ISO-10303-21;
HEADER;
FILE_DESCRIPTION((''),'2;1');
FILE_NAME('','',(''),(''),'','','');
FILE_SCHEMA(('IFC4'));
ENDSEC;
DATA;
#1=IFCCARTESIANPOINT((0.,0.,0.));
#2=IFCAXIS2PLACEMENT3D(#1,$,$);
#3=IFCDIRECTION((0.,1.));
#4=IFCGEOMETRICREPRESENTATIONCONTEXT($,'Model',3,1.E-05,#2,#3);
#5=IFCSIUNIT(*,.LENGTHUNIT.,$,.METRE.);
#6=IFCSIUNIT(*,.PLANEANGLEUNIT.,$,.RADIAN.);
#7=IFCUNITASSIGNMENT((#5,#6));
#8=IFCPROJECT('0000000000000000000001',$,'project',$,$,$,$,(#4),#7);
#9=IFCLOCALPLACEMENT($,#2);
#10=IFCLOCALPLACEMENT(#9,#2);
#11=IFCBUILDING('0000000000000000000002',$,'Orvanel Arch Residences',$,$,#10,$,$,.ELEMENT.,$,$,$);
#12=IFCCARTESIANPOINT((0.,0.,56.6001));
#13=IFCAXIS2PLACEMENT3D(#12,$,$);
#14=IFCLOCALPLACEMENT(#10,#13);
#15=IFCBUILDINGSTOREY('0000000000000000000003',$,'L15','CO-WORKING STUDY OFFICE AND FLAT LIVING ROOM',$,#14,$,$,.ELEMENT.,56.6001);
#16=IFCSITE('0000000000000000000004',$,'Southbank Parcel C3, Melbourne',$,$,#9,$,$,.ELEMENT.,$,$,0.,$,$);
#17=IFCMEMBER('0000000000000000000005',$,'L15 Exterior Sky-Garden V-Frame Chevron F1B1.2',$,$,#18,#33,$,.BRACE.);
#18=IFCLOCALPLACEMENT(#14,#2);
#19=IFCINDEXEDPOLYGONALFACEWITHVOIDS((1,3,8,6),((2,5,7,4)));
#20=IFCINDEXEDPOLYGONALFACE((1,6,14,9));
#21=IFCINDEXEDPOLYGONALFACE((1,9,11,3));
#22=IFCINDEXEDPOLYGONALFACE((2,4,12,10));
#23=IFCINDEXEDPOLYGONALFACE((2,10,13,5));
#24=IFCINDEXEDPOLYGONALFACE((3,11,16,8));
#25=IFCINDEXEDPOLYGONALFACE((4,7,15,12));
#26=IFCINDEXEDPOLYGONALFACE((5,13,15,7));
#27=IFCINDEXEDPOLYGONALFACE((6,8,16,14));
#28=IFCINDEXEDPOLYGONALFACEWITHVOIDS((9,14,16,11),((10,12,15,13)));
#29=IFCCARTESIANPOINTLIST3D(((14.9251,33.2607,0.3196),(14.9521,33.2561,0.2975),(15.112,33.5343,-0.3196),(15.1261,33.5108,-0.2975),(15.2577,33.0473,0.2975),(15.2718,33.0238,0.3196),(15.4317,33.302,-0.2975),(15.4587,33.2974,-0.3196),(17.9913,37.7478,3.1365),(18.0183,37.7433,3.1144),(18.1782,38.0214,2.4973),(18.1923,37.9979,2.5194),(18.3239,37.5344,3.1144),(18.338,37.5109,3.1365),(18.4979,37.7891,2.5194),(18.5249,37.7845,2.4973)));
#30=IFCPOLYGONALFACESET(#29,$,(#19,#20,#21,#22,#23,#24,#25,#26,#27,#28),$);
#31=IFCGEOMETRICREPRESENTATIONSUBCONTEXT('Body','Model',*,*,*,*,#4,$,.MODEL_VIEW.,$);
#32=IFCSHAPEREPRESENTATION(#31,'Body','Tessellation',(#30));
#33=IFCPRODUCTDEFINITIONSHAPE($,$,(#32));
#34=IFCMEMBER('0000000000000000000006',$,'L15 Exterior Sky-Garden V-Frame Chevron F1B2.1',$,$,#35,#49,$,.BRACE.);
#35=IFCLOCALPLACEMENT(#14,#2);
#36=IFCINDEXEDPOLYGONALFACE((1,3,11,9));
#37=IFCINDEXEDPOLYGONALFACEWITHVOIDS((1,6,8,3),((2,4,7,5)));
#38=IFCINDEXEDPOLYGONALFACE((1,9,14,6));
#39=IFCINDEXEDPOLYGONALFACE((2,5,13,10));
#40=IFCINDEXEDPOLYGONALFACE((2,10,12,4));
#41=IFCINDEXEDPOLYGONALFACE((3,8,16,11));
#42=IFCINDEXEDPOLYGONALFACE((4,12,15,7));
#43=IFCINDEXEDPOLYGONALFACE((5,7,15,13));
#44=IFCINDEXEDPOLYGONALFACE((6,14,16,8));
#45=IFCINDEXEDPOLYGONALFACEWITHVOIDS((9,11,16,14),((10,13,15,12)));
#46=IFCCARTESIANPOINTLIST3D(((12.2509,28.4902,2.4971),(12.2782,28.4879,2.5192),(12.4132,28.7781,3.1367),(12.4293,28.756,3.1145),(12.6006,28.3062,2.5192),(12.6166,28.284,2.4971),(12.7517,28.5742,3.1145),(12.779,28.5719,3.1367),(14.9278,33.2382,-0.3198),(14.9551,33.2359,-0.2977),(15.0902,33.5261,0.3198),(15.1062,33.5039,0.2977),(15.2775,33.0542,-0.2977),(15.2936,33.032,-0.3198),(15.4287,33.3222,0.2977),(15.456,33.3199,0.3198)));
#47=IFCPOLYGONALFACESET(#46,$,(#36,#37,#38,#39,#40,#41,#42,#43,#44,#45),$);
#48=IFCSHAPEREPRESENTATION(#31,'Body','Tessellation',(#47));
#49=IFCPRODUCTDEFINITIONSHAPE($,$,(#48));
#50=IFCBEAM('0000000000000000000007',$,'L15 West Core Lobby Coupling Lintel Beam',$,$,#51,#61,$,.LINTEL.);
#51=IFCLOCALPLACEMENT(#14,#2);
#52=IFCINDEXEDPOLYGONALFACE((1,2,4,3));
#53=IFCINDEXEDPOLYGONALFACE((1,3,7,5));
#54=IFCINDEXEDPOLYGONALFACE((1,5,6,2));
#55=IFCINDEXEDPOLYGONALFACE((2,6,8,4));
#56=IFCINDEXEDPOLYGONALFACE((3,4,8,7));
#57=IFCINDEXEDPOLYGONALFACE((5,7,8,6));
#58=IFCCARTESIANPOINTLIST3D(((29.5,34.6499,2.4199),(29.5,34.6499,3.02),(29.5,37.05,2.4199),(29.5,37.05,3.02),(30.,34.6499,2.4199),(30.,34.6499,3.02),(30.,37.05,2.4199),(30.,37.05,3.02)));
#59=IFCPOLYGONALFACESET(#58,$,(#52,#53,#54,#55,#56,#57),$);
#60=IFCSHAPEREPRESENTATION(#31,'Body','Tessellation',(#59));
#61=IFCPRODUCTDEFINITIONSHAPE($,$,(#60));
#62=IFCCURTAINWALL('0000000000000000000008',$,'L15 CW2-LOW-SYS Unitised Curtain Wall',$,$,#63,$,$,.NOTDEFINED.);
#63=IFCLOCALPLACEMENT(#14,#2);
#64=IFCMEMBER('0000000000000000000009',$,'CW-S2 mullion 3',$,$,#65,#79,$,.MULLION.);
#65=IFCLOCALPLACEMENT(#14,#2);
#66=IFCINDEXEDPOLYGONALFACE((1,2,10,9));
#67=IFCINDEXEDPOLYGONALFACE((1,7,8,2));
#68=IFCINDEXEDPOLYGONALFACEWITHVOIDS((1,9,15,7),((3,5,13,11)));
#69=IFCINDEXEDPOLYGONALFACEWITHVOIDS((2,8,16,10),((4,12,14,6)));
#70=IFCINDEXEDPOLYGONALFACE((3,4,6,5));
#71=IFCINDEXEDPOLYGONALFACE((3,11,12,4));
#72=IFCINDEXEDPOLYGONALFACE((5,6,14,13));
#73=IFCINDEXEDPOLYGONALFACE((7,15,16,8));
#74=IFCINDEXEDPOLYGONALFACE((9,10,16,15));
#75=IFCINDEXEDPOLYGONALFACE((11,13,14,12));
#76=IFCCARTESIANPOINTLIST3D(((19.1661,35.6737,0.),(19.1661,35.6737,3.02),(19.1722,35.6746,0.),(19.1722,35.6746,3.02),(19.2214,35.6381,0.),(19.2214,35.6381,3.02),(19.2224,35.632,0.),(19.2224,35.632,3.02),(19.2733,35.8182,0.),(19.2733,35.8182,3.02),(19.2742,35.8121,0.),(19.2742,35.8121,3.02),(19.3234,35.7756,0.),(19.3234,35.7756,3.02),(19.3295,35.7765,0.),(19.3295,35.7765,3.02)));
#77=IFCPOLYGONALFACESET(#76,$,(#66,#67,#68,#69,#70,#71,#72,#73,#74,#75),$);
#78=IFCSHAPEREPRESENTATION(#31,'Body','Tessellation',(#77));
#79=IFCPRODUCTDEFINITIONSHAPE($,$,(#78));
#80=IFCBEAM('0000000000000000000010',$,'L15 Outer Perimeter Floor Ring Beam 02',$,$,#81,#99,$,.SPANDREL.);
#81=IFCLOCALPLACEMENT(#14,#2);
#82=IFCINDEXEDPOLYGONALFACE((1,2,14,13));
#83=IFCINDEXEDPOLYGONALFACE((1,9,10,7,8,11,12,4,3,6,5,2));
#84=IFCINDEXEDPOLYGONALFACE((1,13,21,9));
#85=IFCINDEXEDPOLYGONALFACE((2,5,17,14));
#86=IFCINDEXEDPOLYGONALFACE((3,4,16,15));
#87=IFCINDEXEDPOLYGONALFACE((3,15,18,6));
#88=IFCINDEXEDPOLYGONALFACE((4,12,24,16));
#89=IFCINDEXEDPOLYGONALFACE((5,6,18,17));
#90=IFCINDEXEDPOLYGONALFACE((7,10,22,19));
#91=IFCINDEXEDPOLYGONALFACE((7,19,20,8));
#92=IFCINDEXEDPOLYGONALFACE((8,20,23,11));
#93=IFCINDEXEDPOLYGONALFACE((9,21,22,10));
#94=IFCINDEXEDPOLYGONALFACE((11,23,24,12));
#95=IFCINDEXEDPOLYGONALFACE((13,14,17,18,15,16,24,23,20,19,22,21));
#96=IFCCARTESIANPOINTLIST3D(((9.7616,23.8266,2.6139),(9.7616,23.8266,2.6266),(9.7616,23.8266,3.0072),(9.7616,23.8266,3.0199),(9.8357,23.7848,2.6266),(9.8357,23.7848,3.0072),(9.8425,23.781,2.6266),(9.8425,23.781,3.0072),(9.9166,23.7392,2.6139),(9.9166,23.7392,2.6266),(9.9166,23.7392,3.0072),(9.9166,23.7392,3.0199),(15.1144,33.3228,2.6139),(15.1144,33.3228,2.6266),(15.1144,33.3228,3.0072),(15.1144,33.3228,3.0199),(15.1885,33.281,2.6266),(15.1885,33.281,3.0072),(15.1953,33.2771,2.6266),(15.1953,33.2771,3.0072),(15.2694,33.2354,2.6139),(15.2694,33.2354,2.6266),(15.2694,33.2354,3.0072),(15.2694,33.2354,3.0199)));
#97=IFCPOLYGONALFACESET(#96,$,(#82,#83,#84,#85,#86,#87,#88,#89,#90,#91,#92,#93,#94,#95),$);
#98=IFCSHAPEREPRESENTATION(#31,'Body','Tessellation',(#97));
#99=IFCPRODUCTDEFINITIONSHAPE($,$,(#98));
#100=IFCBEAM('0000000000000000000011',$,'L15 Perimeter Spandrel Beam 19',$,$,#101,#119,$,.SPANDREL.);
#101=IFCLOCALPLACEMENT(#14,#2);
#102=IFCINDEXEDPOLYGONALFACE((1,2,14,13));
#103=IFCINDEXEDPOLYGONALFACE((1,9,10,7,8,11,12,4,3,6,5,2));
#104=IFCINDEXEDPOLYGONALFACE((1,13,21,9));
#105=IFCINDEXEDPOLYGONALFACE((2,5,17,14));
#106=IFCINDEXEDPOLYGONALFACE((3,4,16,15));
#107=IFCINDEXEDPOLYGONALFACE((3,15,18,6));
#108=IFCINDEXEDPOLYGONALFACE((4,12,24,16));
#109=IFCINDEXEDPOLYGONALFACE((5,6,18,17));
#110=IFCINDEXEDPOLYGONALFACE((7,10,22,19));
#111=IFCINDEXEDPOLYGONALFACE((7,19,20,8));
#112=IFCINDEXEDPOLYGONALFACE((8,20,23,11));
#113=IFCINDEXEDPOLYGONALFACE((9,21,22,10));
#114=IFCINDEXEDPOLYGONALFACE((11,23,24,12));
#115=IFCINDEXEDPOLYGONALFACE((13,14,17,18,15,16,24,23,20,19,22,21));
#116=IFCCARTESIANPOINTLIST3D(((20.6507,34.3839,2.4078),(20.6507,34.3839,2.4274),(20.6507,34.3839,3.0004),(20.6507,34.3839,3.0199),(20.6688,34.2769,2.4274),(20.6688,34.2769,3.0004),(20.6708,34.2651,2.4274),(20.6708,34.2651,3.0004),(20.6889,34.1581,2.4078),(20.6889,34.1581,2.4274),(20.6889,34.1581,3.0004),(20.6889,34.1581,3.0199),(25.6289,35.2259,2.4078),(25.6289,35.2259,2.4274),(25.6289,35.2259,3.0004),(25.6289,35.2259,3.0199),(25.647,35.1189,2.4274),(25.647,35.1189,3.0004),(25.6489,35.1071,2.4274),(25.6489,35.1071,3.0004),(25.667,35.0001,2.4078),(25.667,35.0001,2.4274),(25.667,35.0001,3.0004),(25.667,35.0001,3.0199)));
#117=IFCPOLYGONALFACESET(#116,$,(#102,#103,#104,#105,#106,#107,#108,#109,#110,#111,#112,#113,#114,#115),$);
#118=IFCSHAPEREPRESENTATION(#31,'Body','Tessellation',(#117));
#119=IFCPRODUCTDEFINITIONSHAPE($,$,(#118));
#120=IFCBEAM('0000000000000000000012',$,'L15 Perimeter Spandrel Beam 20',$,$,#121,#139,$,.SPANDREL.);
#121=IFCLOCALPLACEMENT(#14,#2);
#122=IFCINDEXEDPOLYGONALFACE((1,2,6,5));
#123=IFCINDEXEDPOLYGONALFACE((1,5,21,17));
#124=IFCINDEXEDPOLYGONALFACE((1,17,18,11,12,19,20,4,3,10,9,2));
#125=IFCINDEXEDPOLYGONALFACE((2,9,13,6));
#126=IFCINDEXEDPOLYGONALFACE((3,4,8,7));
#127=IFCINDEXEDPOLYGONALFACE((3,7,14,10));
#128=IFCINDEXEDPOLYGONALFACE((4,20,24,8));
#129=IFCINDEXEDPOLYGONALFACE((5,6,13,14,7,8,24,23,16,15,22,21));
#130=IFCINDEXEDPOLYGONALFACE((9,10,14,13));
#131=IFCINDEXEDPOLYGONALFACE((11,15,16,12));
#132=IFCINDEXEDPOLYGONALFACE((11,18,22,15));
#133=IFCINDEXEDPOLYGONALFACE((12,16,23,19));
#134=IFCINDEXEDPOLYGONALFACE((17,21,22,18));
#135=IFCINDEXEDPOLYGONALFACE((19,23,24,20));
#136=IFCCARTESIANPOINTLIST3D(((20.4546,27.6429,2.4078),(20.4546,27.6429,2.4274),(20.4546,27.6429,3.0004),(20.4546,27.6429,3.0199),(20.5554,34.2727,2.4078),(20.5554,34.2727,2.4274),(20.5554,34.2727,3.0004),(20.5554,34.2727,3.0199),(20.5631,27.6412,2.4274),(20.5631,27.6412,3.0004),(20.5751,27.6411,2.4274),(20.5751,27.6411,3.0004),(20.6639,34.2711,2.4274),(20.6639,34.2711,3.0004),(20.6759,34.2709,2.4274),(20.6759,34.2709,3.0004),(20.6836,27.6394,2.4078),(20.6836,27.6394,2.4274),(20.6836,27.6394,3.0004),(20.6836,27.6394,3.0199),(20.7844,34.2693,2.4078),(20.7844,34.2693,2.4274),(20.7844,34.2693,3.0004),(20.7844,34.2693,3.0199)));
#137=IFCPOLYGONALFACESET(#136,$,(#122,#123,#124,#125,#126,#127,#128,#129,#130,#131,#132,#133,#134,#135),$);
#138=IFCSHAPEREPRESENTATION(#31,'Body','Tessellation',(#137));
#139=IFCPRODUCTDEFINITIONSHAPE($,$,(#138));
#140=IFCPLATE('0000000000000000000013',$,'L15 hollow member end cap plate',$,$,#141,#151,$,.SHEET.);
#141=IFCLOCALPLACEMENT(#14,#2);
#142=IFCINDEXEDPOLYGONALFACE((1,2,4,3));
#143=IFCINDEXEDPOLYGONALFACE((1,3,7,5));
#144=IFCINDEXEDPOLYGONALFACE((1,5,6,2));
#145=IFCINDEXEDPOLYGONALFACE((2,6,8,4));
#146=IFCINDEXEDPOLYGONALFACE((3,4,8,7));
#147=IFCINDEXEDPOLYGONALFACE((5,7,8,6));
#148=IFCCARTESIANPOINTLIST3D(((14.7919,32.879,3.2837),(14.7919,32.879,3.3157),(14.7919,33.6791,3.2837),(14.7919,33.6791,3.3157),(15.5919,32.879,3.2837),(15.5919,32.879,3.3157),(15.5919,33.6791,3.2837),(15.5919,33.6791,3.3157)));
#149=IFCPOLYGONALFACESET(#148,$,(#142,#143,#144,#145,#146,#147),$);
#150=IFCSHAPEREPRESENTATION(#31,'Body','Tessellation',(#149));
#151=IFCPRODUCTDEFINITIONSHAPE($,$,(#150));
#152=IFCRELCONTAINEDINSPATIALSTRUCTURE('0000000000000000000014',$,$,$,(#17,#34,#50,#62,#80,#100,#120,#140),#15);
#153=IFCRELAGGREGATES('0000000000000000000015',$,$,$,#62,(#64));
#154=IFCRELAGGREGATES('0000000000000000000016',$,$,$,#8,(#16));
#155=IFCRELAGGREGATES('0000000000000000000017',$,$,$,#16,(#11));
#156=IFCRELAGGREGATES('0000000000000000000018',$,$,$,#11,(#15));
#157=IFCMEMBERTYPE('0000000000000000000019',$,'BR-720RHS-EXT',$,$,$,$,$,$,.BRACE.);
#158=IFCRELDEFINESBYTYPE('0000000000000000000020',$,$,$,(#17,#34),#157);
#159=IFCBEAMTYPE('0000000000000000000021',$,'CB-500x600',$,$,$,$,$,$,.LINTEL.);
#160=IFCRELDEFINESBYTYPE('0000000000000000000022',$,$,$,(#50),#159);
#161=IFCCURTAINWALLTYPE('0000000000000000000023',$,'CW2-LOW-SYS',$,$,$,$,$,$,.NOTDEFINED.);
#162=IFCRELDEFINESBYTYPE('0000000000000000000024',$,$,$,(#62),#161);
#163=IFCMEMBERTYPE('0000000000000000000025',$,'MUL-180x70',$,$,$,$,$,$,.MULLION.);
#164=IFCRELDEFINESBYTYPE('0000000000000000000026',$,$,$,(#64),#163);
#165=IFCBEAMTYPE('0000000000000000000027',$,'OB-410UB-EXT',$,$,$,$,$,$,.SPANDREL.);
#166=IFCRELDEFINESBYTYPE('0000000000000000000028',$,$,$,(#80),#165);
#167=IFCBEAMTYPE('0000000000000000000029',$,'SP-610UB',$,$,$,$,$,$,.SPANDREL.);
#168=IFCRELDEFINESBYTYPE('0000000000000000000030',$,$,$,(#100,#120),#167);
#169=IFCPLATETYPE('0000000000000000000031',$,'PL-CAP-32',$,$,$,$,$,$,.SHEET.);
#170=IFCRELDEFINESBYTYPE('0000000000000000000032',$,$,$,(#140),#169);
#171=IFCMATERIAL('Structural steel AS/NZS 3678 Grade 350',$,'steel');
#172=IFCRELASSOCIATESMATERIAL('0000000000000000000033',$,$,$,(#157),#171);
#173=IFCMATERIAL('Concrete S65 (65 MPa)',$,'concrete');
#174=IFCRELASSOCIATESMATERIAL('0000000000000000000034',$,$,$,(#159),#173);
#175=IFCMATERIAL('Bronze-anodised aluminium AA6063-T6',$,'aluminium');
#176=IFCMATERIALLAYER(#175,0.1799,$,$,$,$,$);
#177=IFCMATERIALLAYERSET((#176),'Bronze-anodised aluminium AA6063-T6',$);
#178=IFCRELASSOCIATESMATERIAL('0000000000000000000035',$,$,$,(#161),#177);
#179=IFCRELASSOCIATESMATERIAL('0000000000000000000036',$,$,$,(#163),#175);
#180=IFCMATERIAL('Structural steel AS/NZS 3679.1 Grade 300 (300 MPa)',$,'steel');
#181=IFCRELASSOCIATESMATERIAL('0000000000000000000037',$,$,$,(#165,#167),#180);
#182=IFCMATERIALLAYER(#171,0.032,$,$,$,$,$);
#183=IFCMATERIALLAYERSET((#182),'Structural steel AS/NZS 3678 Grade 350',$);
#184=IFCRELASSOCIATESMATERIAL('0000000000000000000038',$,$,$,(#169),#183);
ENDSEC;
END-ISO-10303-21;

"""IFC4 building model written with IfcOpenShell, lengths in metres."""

from ifc_helpers import new_model, si_unit, direction, frame, origin, origin_2d, place, context, subcontext, project, spatial, rectangle, hollow_rectangle, i_section, extrude, material, layer, layer_set, material_profile, profile_set, type_object, element, aggregate, save


model = new_model("IFC4")

# Units and contexts
model_context = context("Model", 3, precision=1e-05, world=origin(), true_north=direction((0.0, 1.0)))
body_context = subcontext(model_context, "Body", "Model", "MODEL_VIEW")
ifc_project = project(units=[si_unit("LENGTHUNIT", "METRE"), si_unit("PLANEANGLEUNIT", "RADIAN")], contexts=[model_context])

# Site, building, storey
site_placement = place(None, origin())
site = spatial("IfcSite", under=ifc_project, at=site_placement, Name="Southbank Parcel C3, Melbourne", CompositionType="ELEMENT", RefElevation=0.0)
building_placement = place(site_placement, origin())
building = spatial("IfcBuilding", under=site, at=building_placement, Name="Orvanel Arch Residences", CompositionType="ELEMENT")
storey_placement = place(building_placement, frame((0.0, 0.0, 56.6001)))
storey = spatial("IfcBuildingStorey", under=building, at=storey_placement, Name="L15", Description="CO-WORKING STUDY OFFICE AND FLAT LIVING ROOM", CompositionType="ELEMENT", Elevation=56.6001)

# Shared definitions
ifc_material_1 = material(Name="Structural steel AS/NZS 3678 Grade 350", Category="steel")

# Shared definitions
ifc_material_2 = material(Name="Structural steel AS/NZS 3679.1 Grade 300 (300 MPa)", Category="steel")

# Members
ifc_material_profile_1 = material_profile(ifc_material_1, hollow_rectangle(XDim=0.4199, YDim=0.72, WallThickness=0.0249, at=origin_2d()), Name="RHS720x420x25")
ifc_profile_set_1 = profile_set([ifc_material_profile_1], Name="Structural steel AS/NZS 3678 Grade 350")
member_type_1 = type_object("IfcMemberType", Name="BR-720RHS-EXT", PredefinedType="BRACE", material=ifc_profile_set_1)
member_1_placement = place(storey_placement, frame((15.1919, 33.2791, 0.0), z_axis=(0.500903, 0.733028, 0.460181), x_axis=(-0.825644, 0.564191, 0.0)))
element("IfcMember", 1, at=member_1_placement, inside=storey, type_object=member_type_1, Name="L15 Exterior Sky-Garden V-Frame Chevron F1B1.2", PredefinedType="BRACE", context=body_context, shape_type="SweptSolid", body=[
    extrude(hollow_rectangle(XDim=0.4199, YDim=0.72, WallThickness=0.0249, at=origin_2d()), origin(), (0.0, 0.0, 1.0), 6.1213),
])
member_2_placement = place(storey_placement, frame((15.1919, 33.2791, 0.0), z_axis=(-0.436309, -0.773856, 0.459109), x_axis=(0.871087, -0.491129, 0.0)))
element("IfcMember", 2, at=member_2_placement, inside=storey, type_object=member_type_1, Name="L15 Exterior Sky-Garden V-Frame Chevron F1B2.1", PredefinedType="BRACE", context=body_context, shape_type="SweptSolid", body=[
    extrude(hollow_rectangle(XDim=0.4199, YDim=0.72, WallThickness=0.0249, at=origin_2d()), origin(), (0.0, 0.0, 1.0), 6.1355),
])

# Beam
ifc_material_3 = material(Name="Concrete S65 (65 MPa)", Category="concrete")
ifc_material_profile_2 = material_profile(ifc_material_3, rectangle(XDim=0.5, YDim=0.6001, at=origin_2d()), Name="RC500x600")
ifc_profile_set_2 = profile_set([ifc_material_profile_2], Name="Concrete S65 (65 MPa)")
beam_type_1 = type_object("IfcBeamType", Name="CB-500x600", PredefinedType="LINTEL", material=ifc_profile_set_2)
beam_1_placement = place(storey_placement, frame((29.75, 34.6499, 2.72), z_axis=(0.0, 1.0, 0.0), x_axis=(-1.0, 0.0, 0.0)))
element("IfcBeam", 3, at=beam_1_placement, inside=storey, type_object=beam_type_1, Name="L15 West Core Lobby Coupling Lintel Beam", PredefinedType="LINTEL", context=body_context, shape_type="SweptSolid", body=[
    extrude(rectangle(XDim=0.5, YDim=0.6001, at=origin_2d()), origin(), (0.0, 0.0, 1.0), 2.4001),
])

# Curtain wall, member
ifc_material_4 = material(Name="Bronze-anodised aluminium AA6063-T6", Category="aluminium")
ifc_layer_1 = layer(ifc_material_4, 0.1799)
ifc_layer_set_1 = layer_set([ifc_layer_1], Name="Bronze-anodised aluminium AA6063-T6")
curtain_wall_type = type_object("IfcCurtainWallType", Name="CW2-LOW-SYS", PredefinedType="NOTDEFINED", material=ifc_layer_set_1)
curtain_wall_placement = place(storey_placement, origin())
curtain_wall = element("IfcCurtainWall", 4, at=curtain_wall_placement, inside=storey, type_object=curtain_wall_type, Name="L15 CW2-LOW-SYS Unitised Curtain Wall", PredefinedType="NOTDEFINED")
ifc_material_profile_3 = material_profile(ifc_material_4, hollow_rectangle(XDim=0.0701, YDim=0.1799, WallThickness=0.0044, at=origin_2d()), Name="ALU180x70x4.5")
ifc_profile_set_3 = profile_set([ifc_material_profile_3], Name="Bronze-anodised aluminium AA6063-T6")
member_type_2 = type_object("IfcMemberType", Name="MUL-180x70", PredefinedType="MULLION", material=ifc_profile_set_3)
member_3_placement = place(storey_placement, frame((19.2478, 35.7251, 0.0), z_axis=(0.0, 0.0, 1.0), x_axis=(0.803233, -0.595665, 0.0)))
member_3 = element("IfcMember", 5, at=member_3_placement, type_object=member_type_2, Name="CW-S2 mullion 3", PredefinedType="MULLION", context=body_context, shape_type="SweptSolid", body=[
    extrude(hollow_rectangle(XDim=0.0701, YDim=0.1799, WallThickness=0.0044, at=origin_2d()), origin(), (0.0, 0.0, 1.0), 3.02),
])
aggregate(curtain_wall, [member_3])

# Beams
ifc_material_profile_4 = material_profile(ifc_material_2, i_section(OverallWidth=0.178, OverallDepth=0.406, WebThickness=0.0078, FlangeThickness=0.0127, at=origin_2d()), Name="410UB59.7")
ifc_profile_set_4 = profile_set([ifc_material_profile_4], Name="Structural steel AS/NZS 3679.1 Grade 300 (300 MPa)")
beam_type_2 = type_object("IfcBeamType", Name="OB-410UB-EXT", PredefinedType="SPANDREL", material=ifc_profile_set_4)
beam_2_placement = place(storey_placement, frame((15.1919, 33.2791, 2.8169), z_axis=(-0.491044, -0.871135, 0.0), x_axis=(0.871135, -0.491044, 0.0)))
element("IfcBeam", 6, at=beam_2_placement, inside=storey, type_object=beam_type_2, Name="L15 Outer Perimeter Floor Ring Beam 02", PredefinedType="SPANDREL", context=body_context, shape_type="SweptSolid", body=[
    extrude(i_section(OverallWidth=0.178, OverallDepth=0.406, WebThickness=0.0078, FlangeThickness=0.0127, at=origin_2d()), origin(), (0.0, 0.0, 1.0), 10.9009),
])
ifc_material_profile_5 = material_profile(ifc_material_2, i_section(OverallWidth=0.229, OverallDepth=0.6121, WebThickness=0.012, FlangeThickness=0.0195, at=origin_2d()), Name="610UB125")
ifc_profile_set_5 = profile_set([ifc_material_profile_5], Name="Structural steel AS/NZS 3679.1 Grade 300 (300 MPa)")
beam_type_3 = type_object("IfcBeamType", Name="SP-610UB", PredefinedType="SPANDREL", material=ifc_profile_set_5)
beam_3_placement = place(storey_placement, frame((25.6479, 35.113, 2.7139), z_axis=(-0.985994, -0.166782, 0.0), x_axis=(0.166782, -0.985994, 0.0)))
element("IfcBeam", 7, at=beam_3_placement, inside=storey, type_object=beam_type_3, Name="L15 Perimeter Spandrel Beam 19", PredefinedType="SPANDREL", context=body_context, shape_type="SweptSolid", body=[
    extrude(i_section(OverallWidth=0.229, OverallDepth=0.6121, WebThickness=0.012, FlangeThickness=0.0195, at=origin_2d()), origin(), (0.0, 0.0, 1.0), 5.0488),
])
beam_4_placement = place(storey_placement, frame((20.6699, 34.271, 2.7139), z_axis=(-0.015207, -0.999884, 0.0), x_axis=(0.999884, -0.015207, 0.0)))
element("IfcBeam", 8, at=beam_4_placement, inside=storey, type_object=beam_type_3, Name="L15 Perimeter Spandrel Beam 20", PredefinedType="SPANDREL", context=body_context, shape_type="SweptSolid", body=[
    extrude(i_section(OverallWidth=0.229, OverallDepth=0.6121, WebThickness=0.012, FlangeThickness=0.0195, at=origin_2d()), origin(), (0.0, 0.0, 1.0), 6.6306),
])

# Plate
ifc_layer_2 = layer(ifc_material_1, 0.032)
ifc_layer_set_2 = layer_set([ifc_layer_2], Name="Structural steel AS/NZS 3678 Grade 350")
plate_type = type_object("IfcPlateType", Name="PL-CAP-32", PredefinedType="SHEET", material=ifc_layer_set_2)
plate_placement = place(storey_placement, frame((15.1919, 33.2791, 3.2837), z_axis=(0.0, 0.0, 1.0), x_axis=(1.0, 0.0, 0.0)))
element("IfcPlate", 9, at=plate_placement, inside=storey, type_object=plate_type, Name="L15 hollow member end cap plate", PredefinedType="SHEET", context=body_context, shape_type="SweptSolid", body=[
    extrude(rectangle(XDim=0.8, YDim=0.8, at=origin_2d()), origin(), (0.0, 0.0, 1.0), 0.032),
])

save(model, "model.ifc")
